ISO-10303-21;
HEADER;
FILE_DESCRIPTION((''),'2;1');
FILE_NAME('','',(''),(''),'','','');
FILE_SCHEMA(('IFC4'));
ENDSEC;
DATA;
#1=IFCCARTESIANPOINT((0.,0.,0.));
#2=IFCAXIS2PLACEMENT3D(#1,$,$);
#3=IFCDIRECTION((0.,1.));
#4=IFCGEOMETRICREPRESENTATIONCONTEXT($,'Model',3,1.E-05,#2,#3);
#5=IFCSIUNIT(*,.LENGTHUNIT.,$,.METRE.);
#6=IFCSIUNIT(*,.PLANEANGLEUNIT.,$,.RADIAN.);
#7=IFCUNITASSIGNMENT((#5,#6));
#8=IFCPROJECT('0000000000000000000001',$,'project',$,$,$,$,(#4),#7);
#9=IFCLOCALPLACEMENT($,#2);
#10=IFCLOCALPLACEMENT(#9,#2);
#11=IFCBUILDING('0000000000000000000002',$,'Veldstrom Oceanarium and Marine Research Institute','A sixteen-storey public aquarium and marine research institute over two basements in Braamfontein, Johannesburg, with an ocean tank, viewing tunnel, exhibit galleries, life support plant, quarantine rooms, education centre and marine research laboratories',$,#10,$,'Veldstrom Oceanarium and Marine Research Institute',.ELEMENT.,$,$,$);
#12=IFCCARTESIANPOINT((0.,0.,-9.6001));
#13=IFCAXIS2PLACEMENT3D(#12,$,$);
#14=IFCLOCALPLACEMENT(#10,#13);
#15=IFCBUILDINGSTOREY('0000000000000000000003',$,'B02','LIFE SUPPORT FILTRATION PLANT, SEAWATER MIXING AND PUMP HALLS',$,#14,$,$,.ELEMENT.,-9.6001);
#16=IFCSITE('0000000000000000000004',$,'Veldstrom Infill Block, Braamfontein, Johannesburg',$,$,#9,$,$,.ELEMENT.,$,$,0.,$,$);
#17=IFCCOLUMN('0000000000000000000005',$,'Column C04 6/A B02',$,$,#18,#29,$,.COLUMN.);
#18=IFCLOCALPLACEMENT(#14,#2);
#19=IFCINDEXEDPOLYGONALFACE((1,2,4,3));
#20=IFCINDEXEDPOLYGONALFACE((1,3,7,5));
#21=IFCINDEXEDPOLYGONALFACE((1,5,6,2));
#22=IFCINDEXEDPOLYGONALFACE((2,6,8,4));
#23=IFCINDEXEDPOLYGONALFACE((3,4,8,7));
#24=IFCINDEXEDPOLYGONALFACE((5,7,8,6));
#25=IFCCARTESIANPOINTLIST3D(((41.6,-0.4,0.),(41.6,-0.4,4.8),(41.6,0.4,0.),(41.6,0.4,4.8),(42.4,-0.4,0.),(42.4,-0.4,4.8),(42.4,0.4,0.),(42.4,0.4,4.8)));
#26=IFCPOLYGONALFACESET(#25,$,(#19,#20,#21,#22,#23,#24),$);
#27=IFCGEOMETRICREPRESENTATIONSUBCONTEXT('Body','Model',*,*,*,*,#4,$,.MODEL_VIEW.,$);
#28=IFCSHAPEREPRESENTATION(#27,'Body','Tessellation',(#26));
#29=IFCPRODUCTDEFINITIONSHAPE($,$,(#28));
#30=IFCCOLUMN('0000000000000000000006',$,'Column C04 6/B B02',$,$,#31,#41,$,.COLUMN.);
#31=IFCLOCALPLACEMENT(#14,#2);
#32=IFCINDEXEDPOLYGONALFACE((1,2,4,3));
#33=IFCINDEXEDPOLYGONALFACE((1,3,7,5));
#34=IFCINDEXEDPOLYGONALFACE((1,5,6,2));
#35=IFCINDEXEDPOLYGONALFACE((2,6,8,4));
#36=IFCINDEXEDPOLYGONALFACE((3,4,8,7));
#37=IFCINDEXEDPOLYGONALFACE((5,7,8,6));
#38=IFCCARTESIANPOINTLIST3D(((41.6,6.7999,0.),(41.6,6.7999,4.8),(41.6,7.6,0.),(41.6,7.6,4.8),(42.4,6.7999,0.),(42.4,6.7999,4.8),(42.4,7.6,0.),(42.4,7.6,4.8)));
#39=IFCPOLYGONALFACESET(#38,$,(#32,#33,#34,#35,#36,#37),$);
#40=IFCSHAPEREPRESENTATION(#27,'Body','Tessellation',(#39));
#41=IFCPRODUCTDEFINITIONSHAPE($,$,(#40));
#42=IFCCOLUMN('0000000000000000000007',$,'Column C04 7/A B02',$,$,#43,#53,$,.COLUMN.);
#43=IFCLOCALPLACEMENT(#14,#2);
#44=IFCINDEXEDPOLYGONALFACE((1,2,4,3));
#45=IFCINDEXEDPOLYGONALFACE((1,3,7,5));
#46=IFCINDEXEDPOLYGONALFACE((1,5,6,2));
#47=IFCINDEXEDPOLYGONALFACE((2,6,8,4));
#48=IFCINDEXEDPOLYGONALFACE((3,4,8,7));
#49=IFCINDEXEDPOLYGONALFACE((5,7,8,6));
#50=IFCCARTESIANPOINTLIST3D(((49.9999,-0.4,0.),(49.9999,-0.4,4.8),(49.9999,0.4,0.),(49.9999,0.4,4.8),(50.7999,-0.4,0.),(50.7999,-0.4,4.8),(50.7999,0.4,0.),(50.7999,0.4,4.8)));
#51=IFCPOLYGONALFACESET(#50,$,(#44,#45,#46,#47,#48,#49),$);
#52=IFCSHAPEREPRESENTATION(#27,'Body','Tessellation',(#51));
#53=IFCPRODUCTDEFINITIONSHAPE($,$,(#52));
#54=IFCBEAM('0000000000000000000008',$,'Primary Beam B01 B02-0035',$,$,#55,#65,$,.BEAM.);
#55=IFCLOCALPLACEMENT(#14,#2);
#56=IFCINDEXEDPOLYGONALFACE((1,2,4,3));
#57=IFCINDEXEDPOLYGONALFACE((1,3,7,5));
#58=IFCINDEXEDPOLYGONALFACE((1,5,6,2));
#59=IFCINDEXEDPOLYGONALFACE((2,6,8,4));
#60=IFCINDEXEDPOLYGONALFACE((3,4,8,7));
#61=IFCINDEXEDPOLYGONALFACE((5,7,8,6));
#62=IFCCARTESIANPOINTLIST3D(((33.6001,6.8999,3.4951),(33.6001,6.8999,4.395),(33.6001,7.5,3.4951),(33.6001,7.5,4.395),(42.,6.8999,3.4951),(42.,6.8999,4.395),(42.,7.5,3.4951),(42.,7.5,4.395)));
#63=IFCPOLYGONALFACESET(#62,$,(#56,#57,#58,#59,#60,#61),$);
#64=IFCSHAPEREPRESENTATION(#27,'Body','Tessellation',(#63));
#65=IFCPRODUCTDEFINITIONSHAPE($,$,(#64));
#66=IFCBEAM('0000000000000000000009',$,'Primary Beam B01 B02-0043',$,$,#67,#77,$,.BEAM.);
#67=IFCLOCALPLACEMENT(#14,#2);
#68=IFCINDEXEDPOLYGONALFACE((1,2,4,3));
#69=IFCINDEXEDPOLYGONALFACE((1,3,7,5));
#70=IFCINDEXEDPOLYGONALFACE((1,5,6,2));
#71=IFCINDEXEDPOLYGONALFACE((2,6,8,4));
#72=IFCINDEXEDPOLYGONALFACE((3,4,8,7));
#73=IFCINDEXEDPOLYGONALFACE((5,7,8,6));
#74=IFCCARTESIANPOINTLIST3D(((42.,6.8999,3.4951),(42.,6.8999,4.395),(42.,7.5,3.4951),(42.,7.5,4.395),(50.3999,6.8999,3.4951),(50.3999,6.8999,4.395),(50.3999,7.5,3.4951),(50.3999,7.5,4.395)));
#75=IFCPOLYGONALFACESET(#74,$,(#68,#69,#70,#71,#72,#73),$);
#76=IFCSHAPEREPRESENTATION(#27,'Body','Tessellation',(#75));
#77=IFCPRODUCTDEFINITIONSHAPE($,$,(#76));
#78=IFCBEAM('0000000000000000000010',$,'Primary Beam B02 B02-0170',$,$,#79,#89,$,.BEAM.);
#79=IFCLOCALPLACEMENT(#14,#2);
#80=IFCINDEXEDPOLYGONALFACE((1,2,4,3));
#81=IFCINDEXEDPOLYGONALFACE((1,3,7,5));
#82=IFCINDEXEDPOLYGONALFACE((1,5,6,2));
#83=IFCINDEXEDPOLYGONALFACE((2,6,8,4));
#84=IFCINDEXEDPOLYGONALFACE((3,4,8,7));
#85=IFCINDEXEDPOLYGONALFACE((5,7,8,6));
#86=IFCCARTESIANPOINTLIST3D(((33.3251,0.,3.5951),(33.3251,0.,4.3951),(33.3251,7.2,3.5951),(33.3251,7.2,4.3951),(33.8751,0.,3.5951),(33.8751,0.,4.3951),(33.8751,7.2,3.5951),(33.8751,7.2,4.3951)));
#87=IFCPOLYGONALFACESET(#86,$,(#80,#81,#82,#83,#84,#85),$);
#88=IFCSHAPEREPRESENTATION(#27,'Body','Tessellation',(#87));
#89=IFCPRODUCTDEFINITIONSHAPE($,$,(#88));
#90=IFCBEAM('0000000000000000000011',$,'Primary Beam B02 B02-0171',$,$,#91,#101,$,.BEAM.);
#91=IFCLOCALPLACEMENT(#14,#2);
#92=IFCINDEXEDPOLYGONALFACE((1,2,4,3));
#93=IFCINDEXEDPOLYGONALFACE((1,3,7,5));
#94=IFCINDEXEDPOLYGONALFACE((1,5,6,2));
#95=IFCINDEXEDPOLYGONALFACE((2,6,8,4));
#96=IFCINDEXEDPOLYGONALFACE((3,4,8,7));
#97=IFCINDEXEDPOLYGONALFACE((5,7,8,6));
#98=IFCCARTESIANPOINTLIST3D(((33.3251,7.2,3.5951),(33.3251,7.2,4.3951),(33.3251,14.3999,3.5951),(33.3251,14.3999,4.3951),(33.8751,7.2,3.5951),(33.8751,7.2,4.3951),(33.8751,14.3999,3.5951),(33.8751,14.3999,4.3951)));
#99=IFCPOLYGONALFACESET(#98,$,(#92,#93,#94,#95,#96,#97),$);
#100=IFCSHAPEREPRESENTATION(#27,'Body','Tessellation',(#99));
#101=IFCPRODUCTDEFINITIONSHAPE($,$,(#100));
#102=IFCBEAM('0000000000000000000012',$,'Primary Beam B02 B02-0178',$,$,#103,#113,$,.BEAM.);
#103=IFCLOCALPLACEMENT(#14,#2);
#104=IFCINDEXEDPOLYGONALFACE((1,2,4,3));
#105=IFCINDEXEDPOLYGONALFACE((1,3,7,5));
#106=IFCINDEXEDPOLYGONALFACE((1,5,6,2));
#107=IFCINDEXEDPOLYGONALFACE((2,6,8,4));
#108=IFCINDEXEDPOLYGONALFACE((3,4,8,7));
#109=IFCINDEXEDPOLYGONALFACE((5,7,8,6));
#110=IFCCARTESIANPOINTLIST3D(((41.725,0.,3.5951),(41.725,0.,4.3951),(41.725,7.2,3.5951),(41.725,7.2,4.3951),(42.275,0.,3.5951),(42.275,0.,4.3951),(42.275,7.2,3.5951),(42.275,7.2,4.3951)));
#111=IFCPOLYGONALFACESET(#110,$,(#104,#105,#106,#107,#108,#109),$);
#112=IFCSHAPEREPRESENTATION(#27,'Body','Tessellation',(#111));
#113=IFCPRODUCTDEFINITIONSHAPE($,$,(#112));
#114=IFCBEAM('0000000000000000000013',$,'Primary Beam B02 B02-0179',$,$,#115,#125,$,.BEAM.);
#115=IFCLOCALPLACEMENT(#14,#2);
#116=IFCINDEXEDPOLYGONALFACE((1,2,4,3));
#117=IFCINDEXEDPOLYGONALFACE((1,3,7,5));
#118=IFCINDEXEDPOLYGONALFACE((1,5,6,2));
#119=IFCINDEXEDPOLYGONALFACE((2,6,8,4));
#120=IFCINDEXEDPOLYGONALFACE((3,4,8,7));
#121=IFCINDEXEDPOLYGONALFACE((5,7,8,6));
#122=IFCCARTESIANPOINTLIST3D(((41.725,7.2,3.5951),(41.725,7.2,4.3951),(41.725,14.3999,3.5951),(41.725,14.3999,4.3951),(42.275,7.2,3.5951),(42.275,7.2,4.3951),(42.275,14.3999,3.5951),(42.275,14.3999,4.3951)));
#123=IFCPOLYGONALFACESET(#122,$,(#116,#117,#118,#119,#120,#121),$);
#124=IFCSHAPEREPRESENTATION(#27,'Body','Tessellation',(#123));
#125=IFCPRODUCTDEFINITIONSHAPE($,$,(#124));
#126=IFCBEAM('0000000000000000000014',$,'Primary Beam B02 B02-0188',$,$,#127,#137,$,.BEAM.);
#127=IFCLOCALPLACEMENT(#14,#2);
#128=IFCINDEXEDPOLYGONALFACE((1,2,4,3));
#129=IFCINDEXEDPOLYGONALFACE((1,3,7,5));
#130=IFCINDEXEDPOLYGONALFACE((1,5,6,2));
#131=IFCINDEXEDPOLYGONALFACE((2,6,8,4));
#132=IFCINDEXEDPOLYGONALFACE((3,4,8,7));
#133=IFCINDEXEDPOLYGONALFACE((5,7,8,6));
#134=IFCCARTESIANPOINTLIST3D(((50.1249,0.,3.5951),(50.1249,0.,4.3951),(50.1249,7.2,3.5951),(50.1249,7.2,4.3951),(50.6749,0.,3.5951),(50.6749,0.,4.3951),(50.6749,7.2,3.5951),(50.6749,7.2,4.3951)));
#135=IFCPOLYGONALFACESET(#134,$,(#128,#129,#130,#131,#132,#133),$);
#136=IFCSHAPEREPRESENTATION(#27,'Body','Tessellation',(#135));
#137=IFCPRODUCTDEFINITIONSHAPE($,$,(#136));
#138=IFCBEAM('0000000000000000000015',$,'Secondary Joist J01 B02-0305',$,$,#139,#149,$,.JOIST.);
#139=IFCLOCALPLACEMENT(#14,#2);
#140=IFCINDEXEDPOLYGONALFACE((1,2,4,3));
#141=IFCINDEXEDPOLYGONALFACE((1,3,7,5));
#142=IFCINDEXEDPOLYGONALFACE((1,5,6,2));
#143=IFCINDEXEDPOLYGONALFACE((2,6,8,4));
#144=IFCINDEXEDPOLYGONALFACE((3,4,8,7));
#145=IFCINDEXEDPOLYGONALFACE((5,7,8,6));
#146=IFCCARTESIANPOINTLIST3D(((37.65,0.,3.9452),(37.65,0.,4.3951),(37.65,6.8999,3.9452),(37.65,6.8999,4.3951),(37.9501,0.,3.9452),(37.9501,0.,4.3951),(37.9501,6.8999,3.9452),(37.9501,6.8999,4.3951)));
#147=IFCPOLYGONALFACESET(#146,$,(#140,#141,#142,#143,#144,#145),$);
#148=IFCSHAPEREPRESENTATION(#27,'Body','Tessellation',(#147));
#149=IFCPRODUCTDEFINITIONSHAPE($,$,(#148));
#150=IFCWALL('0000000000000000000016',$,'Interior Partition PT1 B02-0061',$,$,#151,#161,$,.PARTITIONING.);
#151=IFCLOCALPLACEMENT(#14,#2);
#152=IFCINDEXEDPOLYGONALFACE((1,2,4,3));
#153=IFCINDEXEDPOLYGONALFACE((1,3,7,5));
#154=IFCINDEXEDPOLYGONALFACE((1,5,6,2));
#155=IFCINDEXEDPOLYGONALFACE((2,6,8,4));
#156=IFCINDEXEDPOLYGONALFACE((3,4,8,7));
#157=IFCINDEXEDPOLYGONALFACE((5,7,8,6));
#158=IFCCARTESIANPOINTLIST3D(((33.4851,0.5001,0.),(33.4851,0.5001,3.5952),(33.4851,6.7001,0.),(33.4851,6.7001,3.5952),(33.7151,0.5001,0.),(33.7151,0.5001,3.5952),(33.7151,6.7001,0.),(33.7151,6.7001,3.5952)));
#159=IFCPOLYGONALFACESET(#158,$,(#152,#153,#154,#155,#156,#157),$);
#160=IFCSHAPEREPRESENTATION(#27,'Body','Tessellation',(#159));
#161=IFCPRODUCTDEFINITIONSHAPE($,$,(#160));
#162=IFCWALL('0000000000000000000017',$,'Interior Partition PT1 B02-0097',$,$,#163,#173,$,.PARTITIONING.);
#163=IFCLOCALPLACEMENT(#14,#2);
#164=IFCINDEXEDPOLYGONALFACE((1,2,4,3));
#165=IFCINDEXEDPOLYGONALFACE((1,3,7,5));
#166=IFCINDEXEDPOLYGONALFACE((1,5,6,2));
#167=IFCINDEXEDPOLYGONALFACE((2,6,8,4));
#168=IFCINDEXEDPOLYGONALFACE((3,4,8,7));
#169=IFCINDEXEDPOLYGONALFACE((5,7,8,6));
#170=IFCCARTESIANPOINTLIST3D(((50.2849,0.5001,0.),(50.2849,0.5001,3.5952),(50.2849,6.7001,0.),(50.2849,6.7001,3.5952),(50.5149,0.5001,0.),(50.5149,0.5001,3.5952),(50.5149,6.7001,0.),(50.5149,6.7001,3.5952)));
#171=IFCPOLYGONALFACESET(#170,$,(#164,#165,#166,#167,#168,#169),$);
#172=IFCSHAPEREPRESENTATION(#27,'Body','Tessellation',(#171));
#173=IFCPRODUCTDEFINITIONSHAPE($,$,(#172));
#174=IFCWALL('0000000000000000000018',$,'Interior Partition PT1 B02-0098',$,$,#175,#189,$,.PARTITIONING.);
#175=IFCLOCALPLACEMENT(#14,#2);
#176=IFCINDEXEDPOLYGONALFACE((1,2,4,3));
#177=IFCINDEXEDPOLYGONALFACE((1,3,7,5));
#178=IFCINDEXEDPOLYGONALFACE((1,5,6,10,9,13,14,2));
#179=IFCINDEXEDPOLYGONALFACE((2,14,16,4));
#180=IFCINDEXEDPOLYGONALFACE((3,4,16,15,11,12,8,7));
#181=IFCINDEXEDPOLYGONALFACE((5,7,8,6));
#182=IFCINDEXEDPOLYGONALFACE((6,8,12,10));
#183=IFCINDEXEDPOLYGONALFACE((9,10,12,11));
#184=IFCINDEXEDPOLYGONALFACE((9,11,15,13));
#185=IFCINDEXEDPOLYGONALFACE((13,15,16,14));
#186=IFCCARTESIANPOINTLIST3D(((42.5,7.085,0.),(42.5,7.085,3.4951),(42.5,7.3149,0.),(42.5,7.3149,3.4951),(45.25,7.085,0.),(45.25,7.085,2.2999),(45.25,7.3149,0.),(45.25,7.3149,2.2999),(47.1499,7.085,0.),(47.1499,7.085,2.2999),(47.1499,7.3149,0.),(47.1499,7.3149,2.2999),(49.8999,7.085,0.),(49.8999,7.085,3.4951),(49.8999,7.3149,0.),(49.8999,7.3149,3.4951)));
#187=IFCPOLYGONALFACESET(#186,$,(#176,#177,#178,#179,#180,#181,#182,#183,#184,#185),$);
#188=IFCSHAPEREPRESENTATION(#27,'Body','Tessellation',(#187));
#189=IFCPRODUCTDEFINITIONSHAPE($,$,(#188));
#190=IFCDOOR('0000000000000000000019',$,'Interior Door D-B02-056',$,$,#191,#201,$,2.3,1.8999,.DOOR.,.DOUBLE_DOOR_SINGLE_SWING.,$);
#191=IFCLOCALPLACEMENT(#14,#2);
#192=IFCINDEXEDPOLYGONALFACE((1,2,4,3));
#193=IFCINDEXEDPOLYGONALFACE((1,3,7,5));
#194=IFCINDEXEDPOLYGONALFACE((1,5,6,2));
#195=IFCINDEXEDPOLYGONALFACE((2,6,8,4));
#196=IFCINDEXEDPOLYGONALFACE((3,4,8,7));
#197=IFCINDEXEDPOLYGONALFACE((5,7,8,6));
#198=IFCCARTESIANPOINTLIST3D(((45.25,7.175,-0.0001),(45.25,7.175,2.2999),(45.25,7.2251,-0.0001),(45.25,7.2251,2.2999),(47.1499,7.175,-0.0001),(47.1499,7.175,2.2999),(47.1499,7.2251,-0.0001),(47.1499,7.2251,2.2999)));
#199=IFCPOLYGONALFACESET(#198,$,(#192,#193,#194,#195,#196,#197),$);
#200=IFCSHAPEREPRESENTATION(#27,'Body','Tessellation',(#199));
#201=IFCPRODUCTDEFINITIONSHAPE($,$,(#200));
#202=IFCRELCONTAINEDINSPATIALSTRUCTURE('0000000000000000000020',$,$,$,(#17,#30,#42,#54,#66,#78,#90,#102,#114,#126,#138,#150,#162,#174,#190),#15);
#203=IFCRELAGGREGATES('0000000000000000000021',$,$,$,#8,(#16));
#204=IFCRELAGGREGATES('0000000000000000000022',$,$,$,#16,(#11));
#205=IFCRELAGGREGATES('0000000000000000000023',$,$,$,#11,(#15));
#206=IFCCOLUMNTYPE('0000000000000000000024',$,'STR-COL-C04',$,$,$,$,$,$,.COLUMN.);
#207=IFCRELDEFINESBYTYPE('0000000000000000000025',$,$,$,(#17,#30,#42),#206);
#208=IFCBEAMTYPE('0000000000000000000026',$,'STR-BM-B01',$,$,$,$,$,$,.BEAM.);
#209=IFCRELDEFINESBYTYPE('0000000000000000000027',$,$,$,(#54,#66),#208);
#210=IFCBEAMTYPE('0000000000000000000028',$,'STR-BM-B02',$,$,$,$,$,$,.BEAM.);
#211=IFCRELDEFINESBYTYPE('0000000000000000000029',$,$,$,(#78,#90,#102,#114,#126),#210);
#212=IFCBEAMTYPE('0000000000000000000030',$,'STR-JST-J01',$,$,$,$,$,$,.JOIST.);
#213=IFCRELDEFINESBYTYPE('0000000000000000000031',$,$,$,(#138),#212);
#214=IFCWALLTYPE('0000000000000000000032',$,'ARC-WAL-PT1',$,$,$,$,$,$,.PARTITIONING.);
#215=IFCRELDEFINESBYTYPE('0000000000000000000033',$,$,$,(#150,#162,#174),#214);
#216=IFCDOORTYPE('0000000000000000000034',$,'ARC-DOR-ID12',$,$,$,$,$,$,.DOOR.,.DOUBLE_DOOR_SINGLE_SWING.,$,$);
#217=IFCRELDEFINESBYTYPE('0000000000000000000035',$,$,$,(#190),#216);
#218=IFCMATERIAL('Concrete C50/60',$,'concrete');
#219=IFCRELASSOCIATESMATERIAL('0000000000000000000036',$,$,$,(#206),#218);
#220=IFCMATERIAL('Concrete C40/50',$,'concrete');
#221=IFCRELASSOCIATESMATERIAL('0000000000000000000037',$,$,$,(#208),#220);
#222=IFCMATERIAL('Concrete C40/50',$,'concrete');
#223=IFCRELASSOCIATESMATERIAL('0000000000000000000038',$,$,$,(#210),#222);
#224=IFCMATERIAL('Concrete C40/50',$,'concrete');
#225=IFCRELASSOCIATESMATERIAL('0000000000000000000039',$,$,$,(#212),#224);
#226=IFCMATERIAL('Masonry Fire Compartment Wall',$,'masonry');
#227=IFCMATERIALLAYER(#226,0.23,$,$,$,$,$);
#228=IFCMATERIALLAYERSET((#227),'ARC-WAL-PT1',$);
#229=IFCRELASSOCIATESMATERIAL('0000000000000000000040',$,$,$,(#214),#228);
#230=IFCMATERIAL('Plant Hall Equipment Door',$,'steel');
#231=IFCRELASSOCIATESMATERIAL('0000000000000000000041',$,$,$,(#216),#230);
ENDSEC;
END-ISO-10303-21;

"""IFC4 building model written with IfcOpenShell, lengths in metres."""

from ifc_helpers import new_model, si_unit, direction, frame, frame_2d, origin, origin_2d, place, context, subcontext, project, spatial, rectangle, extrude, material, layer, layer_set, material_profile, profile_set, type_object, element, fill, save


model = new_model("IFC4")

# Units and contexts
model_context = context("Model", 3, precision=1e-05, world=origin(), true_north=direction((0.0, 1.0)))
body_context = subcontext(model_context, "Body", "Model", "MODEL_VIEW")
ifc_project = project(units=[si_unit("LENGTHUNIT", "METRE"), si_unit("PLANEANGLEUNIT", "RADIAN")], contexts=[model_context])

# Site, building, storey
site_placement = place(None, origin())
site = spatial("IfcSite", under=ifc_project, at=site_placement, Name="Veldstrom Infill Block, Braamfontein, Johannesburg", CompositionType="ELEMENT", RefElevation=0.0)
building_placement = place(site_placement, origin())
building = spatial("IfcBuilding", under=site, at=building_placement, Name="Veldstrom Oceanarium and Marine Research Institute", Description="A sixteen-storey public aquarium and marine research institute over two basements in Braamfontein, Johannesburg, with an ocean tank, viewing tunnel, exhibit galleries, life support plant, quarantine rooms, education centre and marine research laboratories", LongName="Veldstrom Oceanarium and Marine Research Institute", CompositionType="ELEMENT")
storey_placement = place(building_placement, frame((0.0, 0.0, -9.6001)))
storey = spatial("IfcBuildingStorey", under=building, at=storey_placement, Name="B02", Description="LIFE SUPPORT FILTRATION PLANT, SEAWATER MIXING AND PUMP HALLS", CompositionType="ELEMENT", Elevation=-9.6001)

# Columns
ifc_material_1 = material(Name="Concrete C50/60", Category="concrete")
ifc_material_profile_1 = material_profile(ifc_material_1, rectangle(XDim=0.8, YDim=0.8, at=origin_2d()), Name="RC-COL-800x800")
ifc_profile_set_1 = profile_set([ifc_material_profile_1], Name="Concrete C50/60")
column_type = type_object("IfcColumnType", Name="STR-COL-C04", PredefinedType="COLUMN", material=ifc_profile_set_1)
for number, where, z_axis, x_axis, name in (
    (1, (42.0, 0.0, 0.0), (0.0, 0.0, 1.0), (1.0, 0.0, 0.0), "Column C04 6/A B02"),
    (2, (42.0, 7.2, 0.0), (0.0, 0.0, 1.0), (1.0, 0.0, 0.0), "Column C04 6/B B02"),
    (3, (50.3999, 0.0, 0.0), (0.0, 0.0, 1.0), (1.0, 0.0, 0.0), "Column C04 7/A B02"),
):
    element("IfcColumn", number, at=place(storey_placement, frame(where, z_axis=z_axis, x_axis=x_axis)), inside=storey, type_object=column_type, Name=name, PredefinedType="COLUMN", context=body_context, shape_type="SweptSolid", body=[
        extrude(rectangle(XDim=0.8, YDim=0.8, at=origin_2d()), origin(), (0.0, 0.0, 1.0), 4.8),
    ])

# Beams
ifc_material_2 = material(Name="Concrete C40/50", Category="concrete")
ifc_material_profile_2 = material_profile(ifc_material_2, rectangle(XDim=0.6001, YDim=0.8999, at=origin_2d()), Name="RC-BM-600x900")
ifc_profile_set_2 = profile_set([ifc_material_profile_2], Name="Concrete C40/50")
beam_type_1 = type_object("IfcBeamType", Name="STR-BM-B01", PredefinedType="BEAM", material=ifc_profile_set_2)
for number, where, z_axis, x_axis, name in (
    (4, (33.6001, 7.2, 3.9451), (1.0, 0.0, 0.0), (0.0, 1.0, 0.0), "Primary Beam B01 B02-0035"),
    (5, (42.0, 7.2, 3.9451), (1.0, 0.0, 0.0), (0.0, 1.0, 0.0), "Primary Beam B01 B02-0043"),
):
    element("IfcBeam", number, at=place(storey_placement, frame(where, z_axis=z_axis, x_axis=x_axis)), inside=storey, type_object=beam_type_1, Name=name, PredefinedType="BEAM", context=body_context, shape_type="SweptSolid", body=[
        extrude(rectangle(XDim=0.6001, YDim=0.8999, at=origin_2d()), origin(), (0.0, 0.0, 1.0), 8.3999),
    ])
ifc_material_3 = material(Name="Concrete C40/50", Category="concrete")
ifc_material_profile_3 = material_profile(ifc_material_3, rectangle(XDim=0.55, YDim=0.8, at=origin_2d()), Name="RC-BM-550x800")
ifc_profile_set_3 = profile_set([ifc_material_profile_3], Name="Concrete C40/50")
beam_type_2 = type_object("IfcBeamType", Name="STR-BM-B02", PredefinedType="BEAM", material=ifc_profile_set_3)
for number, where, z_axis, x_axis, name in (
    (6, (33.6001, 0.0, 3.9951), (0.0, 1.0, 0.0), (-1.0, 0.0, 0.0), "Primary Beam B02 B02-0170"),
    (7, (33.6001, 7.2, 3.9951), (0.0, 1.0, 0.0), (-1.0, 0.0, 0.0), "Primary Beam B02 B02-0171"),
    (8, (42.0, 0.0, 3.9951), (0.0, 1.0, 0.0), (-1.0, 0.0, 0.0), "Primary Beam B02 B02-0178"),
    (9, (42.0, 7.2, 3.9951), (0.0, 1.0, 0.0), (-1.0, 0.0, 0.0), "Primary Beam B02 B02-0179"),
    (10, (50.3999, 0.0, 3.9951), (0.0, 1.0, 0.0), (-1.0, 0.0, 0.0), "Primary Beam B02 B02-0188"),
):
    element("IfcBeam", number, at=place(storey_placement, frame(where, z_axis=z_axis, x_axis=x_axis)), inside=storey, type_object=beam_type_2, Name=name, PredefinedType="BEAM", context=body_context, shape_type="SweptSolid", body=[
        extrude(rectangle(XDim=0.55, YDim=0.8, at=origin_2d()), origin(), (0.0, 0.0, 1.0), 7.2),
    ])
ifc_material_4 = material(Name="Concrete C40/50", Category="concrete")
ifc_material_profile_4 = material_profile(ifc_material_4, rectangle(XDim=0.3, YDim=0.45, at=origin_2d()), Name="RC-JST-300x450")
ifc_profile_set_4 = profile_set([ifc_material_profile_4], Name="Concrete C40/50")
beam_type_3 = type_object("IfcBeamType", Name="STR-JST-J01", PredefinedType="JOIST", material=ifc_profile_set_4)
beam_placement = place(storey_placement, frame((37.8, 0.0, 4.1702), z_axis=(0.0, 1.0, 0.0), x_axis=(-1.0, 0.0, 0.0)))
element("IfcBeam", 11, at=beam_placement, inside=storey, type_object=beam_type_3, Name="Secondary Joist J01 B02-0305", PredefinedType="JOIST", context=body_context, shape_type="SweptSolid", body=[
    extrude(rectangle(XDim=0.3, YDim=0.45, at=origin_2d()), origin(), (0.0, 0.0, 1.0), 6.8999),
])

# Walls
ifc_material_5 = material(Name="Masonry Fire Compartment Wall", Category="masonry")
ifc_layer_1 = layer(ifc_material_5, 0.23)
ifc_layer_set_1 = layer_set([ifc_layer_1], Name="ARC-WAL-PT1")
wall_type_1 = type_object("IfcWallType", Name="ARC-WAL-PT1", PredefinedType="PARTITIONING", material=ifc_layer_set_1)
for number, where, z_axis, x_axis, name in (
    (12, (33.6001, 0.5, 0.0), (0.0, 0.0, 1.0), (0.0, 1.0, 0.0), "Interior Partition PT1 B02-0061"),
    (13, (50.3999, 0.5, 0.0), (0.0, 0.0, 1.0), (0.0, 1.0, 0.0), "Interior Partition PT1 B02-0097"),
):
    element("IfcWall", number, at=place(storey_placement, frame(where, z_axis=z_axis, x_axis=x_axis)), inside=storey, type_object=wall_type_1, Name=name, PredefinedType="PARTITIONING", context=body_context, shape_type="SweptSolid", body=[
        extrude(rectangle(XDim=6.2, YDim=0.23, at=frame_2d((3.1001, 0.0))), origin(), (0.0, 0.0, 1.0), 3.5952),
    ])

# Wall, opening, door
wall_1_placement = place(storey_placement, frame((42.5, 7.2, 0.0), z_axis=(0.0, 0.0, 1.0), x_axis=(1.0, 0.0, 0.0)))
wall_1 = element("IfcWall", 14, at=wall_1_placement, inside=storey, type_object=wall_type_1, Name="Interior Partition PT1 B02-0098", PredefinedType="PARTITIONING", context=body_context, shape_type="SweptSolid", body=[
    extrude(rectangle(XDim=7.3999, YDim=0.23, at=frame_2d((3.7, 0.0))), origin(), (0.0, 0.0, 1.0), 3.4951),
])
opening_1_placement = place(wall_1_placement, frame((2.75, 0.0, 0.0)))
opening_1 = element("IfcOpeningElement", 15, at=opening_1_placement, cuts=wall_1, PredefinedType="OPENING", context=body_context, shape_type="SweptSolid", body=[
    extrude(rectangle(XDim=1.8999, YDim=2.3, at=frame_2d((0.95, 1.1499))), frame((0.0, 0.125, 0.0), z_axis=(0.0, -1.0, 0.0), x_axis=(1.0, 0.0, 0.0)), (0.0, 0.0, 1.0), 0.25),
])
ifc_material_6 = material(Name="Plant Hall Equipment Door", Category="steel")
door_type = type_object("IfcDoorType", Name="ARC-DOR-ID12", OperationType="DOUBLE_DOOR_SINGLE_SWING", PredefinedType="DOOR", material=ifc_material_6)
door_1_placement = place(opening_1_placement, frame((1.8999, 0.0, 0.0), z_axis=(0.0, 0.0, 1.0), x_axis=(-1.0, 0.0, 0.0)))
door_1 = element("IfcDoor", 16, at=door_1_placement, inside=storey, type_object=door_type, Name="Interior Door D-B02-056", OperationType="DOUBLE_DOOR_SINGLE_SWING", OverallHeight=2.3, OverallWidth=1.8999, PredefinedType="DOOR", context=body_context, shape_type="SweptSolid", body=[
    extrude(rectangle(XDim=1.8999, YDim=2.3, at=frame_2d((0.95, 1.1499))), frame((0.0, 0.0249, 0.0), z_axis=(0.0, -1.0, 0.0), x_axis=(1.0, 0.0, 0.0)), (0.0, 0.0, 1.0), 0.05),
])
fill(opening_1, door_1)

save(model, "model.ifc")
